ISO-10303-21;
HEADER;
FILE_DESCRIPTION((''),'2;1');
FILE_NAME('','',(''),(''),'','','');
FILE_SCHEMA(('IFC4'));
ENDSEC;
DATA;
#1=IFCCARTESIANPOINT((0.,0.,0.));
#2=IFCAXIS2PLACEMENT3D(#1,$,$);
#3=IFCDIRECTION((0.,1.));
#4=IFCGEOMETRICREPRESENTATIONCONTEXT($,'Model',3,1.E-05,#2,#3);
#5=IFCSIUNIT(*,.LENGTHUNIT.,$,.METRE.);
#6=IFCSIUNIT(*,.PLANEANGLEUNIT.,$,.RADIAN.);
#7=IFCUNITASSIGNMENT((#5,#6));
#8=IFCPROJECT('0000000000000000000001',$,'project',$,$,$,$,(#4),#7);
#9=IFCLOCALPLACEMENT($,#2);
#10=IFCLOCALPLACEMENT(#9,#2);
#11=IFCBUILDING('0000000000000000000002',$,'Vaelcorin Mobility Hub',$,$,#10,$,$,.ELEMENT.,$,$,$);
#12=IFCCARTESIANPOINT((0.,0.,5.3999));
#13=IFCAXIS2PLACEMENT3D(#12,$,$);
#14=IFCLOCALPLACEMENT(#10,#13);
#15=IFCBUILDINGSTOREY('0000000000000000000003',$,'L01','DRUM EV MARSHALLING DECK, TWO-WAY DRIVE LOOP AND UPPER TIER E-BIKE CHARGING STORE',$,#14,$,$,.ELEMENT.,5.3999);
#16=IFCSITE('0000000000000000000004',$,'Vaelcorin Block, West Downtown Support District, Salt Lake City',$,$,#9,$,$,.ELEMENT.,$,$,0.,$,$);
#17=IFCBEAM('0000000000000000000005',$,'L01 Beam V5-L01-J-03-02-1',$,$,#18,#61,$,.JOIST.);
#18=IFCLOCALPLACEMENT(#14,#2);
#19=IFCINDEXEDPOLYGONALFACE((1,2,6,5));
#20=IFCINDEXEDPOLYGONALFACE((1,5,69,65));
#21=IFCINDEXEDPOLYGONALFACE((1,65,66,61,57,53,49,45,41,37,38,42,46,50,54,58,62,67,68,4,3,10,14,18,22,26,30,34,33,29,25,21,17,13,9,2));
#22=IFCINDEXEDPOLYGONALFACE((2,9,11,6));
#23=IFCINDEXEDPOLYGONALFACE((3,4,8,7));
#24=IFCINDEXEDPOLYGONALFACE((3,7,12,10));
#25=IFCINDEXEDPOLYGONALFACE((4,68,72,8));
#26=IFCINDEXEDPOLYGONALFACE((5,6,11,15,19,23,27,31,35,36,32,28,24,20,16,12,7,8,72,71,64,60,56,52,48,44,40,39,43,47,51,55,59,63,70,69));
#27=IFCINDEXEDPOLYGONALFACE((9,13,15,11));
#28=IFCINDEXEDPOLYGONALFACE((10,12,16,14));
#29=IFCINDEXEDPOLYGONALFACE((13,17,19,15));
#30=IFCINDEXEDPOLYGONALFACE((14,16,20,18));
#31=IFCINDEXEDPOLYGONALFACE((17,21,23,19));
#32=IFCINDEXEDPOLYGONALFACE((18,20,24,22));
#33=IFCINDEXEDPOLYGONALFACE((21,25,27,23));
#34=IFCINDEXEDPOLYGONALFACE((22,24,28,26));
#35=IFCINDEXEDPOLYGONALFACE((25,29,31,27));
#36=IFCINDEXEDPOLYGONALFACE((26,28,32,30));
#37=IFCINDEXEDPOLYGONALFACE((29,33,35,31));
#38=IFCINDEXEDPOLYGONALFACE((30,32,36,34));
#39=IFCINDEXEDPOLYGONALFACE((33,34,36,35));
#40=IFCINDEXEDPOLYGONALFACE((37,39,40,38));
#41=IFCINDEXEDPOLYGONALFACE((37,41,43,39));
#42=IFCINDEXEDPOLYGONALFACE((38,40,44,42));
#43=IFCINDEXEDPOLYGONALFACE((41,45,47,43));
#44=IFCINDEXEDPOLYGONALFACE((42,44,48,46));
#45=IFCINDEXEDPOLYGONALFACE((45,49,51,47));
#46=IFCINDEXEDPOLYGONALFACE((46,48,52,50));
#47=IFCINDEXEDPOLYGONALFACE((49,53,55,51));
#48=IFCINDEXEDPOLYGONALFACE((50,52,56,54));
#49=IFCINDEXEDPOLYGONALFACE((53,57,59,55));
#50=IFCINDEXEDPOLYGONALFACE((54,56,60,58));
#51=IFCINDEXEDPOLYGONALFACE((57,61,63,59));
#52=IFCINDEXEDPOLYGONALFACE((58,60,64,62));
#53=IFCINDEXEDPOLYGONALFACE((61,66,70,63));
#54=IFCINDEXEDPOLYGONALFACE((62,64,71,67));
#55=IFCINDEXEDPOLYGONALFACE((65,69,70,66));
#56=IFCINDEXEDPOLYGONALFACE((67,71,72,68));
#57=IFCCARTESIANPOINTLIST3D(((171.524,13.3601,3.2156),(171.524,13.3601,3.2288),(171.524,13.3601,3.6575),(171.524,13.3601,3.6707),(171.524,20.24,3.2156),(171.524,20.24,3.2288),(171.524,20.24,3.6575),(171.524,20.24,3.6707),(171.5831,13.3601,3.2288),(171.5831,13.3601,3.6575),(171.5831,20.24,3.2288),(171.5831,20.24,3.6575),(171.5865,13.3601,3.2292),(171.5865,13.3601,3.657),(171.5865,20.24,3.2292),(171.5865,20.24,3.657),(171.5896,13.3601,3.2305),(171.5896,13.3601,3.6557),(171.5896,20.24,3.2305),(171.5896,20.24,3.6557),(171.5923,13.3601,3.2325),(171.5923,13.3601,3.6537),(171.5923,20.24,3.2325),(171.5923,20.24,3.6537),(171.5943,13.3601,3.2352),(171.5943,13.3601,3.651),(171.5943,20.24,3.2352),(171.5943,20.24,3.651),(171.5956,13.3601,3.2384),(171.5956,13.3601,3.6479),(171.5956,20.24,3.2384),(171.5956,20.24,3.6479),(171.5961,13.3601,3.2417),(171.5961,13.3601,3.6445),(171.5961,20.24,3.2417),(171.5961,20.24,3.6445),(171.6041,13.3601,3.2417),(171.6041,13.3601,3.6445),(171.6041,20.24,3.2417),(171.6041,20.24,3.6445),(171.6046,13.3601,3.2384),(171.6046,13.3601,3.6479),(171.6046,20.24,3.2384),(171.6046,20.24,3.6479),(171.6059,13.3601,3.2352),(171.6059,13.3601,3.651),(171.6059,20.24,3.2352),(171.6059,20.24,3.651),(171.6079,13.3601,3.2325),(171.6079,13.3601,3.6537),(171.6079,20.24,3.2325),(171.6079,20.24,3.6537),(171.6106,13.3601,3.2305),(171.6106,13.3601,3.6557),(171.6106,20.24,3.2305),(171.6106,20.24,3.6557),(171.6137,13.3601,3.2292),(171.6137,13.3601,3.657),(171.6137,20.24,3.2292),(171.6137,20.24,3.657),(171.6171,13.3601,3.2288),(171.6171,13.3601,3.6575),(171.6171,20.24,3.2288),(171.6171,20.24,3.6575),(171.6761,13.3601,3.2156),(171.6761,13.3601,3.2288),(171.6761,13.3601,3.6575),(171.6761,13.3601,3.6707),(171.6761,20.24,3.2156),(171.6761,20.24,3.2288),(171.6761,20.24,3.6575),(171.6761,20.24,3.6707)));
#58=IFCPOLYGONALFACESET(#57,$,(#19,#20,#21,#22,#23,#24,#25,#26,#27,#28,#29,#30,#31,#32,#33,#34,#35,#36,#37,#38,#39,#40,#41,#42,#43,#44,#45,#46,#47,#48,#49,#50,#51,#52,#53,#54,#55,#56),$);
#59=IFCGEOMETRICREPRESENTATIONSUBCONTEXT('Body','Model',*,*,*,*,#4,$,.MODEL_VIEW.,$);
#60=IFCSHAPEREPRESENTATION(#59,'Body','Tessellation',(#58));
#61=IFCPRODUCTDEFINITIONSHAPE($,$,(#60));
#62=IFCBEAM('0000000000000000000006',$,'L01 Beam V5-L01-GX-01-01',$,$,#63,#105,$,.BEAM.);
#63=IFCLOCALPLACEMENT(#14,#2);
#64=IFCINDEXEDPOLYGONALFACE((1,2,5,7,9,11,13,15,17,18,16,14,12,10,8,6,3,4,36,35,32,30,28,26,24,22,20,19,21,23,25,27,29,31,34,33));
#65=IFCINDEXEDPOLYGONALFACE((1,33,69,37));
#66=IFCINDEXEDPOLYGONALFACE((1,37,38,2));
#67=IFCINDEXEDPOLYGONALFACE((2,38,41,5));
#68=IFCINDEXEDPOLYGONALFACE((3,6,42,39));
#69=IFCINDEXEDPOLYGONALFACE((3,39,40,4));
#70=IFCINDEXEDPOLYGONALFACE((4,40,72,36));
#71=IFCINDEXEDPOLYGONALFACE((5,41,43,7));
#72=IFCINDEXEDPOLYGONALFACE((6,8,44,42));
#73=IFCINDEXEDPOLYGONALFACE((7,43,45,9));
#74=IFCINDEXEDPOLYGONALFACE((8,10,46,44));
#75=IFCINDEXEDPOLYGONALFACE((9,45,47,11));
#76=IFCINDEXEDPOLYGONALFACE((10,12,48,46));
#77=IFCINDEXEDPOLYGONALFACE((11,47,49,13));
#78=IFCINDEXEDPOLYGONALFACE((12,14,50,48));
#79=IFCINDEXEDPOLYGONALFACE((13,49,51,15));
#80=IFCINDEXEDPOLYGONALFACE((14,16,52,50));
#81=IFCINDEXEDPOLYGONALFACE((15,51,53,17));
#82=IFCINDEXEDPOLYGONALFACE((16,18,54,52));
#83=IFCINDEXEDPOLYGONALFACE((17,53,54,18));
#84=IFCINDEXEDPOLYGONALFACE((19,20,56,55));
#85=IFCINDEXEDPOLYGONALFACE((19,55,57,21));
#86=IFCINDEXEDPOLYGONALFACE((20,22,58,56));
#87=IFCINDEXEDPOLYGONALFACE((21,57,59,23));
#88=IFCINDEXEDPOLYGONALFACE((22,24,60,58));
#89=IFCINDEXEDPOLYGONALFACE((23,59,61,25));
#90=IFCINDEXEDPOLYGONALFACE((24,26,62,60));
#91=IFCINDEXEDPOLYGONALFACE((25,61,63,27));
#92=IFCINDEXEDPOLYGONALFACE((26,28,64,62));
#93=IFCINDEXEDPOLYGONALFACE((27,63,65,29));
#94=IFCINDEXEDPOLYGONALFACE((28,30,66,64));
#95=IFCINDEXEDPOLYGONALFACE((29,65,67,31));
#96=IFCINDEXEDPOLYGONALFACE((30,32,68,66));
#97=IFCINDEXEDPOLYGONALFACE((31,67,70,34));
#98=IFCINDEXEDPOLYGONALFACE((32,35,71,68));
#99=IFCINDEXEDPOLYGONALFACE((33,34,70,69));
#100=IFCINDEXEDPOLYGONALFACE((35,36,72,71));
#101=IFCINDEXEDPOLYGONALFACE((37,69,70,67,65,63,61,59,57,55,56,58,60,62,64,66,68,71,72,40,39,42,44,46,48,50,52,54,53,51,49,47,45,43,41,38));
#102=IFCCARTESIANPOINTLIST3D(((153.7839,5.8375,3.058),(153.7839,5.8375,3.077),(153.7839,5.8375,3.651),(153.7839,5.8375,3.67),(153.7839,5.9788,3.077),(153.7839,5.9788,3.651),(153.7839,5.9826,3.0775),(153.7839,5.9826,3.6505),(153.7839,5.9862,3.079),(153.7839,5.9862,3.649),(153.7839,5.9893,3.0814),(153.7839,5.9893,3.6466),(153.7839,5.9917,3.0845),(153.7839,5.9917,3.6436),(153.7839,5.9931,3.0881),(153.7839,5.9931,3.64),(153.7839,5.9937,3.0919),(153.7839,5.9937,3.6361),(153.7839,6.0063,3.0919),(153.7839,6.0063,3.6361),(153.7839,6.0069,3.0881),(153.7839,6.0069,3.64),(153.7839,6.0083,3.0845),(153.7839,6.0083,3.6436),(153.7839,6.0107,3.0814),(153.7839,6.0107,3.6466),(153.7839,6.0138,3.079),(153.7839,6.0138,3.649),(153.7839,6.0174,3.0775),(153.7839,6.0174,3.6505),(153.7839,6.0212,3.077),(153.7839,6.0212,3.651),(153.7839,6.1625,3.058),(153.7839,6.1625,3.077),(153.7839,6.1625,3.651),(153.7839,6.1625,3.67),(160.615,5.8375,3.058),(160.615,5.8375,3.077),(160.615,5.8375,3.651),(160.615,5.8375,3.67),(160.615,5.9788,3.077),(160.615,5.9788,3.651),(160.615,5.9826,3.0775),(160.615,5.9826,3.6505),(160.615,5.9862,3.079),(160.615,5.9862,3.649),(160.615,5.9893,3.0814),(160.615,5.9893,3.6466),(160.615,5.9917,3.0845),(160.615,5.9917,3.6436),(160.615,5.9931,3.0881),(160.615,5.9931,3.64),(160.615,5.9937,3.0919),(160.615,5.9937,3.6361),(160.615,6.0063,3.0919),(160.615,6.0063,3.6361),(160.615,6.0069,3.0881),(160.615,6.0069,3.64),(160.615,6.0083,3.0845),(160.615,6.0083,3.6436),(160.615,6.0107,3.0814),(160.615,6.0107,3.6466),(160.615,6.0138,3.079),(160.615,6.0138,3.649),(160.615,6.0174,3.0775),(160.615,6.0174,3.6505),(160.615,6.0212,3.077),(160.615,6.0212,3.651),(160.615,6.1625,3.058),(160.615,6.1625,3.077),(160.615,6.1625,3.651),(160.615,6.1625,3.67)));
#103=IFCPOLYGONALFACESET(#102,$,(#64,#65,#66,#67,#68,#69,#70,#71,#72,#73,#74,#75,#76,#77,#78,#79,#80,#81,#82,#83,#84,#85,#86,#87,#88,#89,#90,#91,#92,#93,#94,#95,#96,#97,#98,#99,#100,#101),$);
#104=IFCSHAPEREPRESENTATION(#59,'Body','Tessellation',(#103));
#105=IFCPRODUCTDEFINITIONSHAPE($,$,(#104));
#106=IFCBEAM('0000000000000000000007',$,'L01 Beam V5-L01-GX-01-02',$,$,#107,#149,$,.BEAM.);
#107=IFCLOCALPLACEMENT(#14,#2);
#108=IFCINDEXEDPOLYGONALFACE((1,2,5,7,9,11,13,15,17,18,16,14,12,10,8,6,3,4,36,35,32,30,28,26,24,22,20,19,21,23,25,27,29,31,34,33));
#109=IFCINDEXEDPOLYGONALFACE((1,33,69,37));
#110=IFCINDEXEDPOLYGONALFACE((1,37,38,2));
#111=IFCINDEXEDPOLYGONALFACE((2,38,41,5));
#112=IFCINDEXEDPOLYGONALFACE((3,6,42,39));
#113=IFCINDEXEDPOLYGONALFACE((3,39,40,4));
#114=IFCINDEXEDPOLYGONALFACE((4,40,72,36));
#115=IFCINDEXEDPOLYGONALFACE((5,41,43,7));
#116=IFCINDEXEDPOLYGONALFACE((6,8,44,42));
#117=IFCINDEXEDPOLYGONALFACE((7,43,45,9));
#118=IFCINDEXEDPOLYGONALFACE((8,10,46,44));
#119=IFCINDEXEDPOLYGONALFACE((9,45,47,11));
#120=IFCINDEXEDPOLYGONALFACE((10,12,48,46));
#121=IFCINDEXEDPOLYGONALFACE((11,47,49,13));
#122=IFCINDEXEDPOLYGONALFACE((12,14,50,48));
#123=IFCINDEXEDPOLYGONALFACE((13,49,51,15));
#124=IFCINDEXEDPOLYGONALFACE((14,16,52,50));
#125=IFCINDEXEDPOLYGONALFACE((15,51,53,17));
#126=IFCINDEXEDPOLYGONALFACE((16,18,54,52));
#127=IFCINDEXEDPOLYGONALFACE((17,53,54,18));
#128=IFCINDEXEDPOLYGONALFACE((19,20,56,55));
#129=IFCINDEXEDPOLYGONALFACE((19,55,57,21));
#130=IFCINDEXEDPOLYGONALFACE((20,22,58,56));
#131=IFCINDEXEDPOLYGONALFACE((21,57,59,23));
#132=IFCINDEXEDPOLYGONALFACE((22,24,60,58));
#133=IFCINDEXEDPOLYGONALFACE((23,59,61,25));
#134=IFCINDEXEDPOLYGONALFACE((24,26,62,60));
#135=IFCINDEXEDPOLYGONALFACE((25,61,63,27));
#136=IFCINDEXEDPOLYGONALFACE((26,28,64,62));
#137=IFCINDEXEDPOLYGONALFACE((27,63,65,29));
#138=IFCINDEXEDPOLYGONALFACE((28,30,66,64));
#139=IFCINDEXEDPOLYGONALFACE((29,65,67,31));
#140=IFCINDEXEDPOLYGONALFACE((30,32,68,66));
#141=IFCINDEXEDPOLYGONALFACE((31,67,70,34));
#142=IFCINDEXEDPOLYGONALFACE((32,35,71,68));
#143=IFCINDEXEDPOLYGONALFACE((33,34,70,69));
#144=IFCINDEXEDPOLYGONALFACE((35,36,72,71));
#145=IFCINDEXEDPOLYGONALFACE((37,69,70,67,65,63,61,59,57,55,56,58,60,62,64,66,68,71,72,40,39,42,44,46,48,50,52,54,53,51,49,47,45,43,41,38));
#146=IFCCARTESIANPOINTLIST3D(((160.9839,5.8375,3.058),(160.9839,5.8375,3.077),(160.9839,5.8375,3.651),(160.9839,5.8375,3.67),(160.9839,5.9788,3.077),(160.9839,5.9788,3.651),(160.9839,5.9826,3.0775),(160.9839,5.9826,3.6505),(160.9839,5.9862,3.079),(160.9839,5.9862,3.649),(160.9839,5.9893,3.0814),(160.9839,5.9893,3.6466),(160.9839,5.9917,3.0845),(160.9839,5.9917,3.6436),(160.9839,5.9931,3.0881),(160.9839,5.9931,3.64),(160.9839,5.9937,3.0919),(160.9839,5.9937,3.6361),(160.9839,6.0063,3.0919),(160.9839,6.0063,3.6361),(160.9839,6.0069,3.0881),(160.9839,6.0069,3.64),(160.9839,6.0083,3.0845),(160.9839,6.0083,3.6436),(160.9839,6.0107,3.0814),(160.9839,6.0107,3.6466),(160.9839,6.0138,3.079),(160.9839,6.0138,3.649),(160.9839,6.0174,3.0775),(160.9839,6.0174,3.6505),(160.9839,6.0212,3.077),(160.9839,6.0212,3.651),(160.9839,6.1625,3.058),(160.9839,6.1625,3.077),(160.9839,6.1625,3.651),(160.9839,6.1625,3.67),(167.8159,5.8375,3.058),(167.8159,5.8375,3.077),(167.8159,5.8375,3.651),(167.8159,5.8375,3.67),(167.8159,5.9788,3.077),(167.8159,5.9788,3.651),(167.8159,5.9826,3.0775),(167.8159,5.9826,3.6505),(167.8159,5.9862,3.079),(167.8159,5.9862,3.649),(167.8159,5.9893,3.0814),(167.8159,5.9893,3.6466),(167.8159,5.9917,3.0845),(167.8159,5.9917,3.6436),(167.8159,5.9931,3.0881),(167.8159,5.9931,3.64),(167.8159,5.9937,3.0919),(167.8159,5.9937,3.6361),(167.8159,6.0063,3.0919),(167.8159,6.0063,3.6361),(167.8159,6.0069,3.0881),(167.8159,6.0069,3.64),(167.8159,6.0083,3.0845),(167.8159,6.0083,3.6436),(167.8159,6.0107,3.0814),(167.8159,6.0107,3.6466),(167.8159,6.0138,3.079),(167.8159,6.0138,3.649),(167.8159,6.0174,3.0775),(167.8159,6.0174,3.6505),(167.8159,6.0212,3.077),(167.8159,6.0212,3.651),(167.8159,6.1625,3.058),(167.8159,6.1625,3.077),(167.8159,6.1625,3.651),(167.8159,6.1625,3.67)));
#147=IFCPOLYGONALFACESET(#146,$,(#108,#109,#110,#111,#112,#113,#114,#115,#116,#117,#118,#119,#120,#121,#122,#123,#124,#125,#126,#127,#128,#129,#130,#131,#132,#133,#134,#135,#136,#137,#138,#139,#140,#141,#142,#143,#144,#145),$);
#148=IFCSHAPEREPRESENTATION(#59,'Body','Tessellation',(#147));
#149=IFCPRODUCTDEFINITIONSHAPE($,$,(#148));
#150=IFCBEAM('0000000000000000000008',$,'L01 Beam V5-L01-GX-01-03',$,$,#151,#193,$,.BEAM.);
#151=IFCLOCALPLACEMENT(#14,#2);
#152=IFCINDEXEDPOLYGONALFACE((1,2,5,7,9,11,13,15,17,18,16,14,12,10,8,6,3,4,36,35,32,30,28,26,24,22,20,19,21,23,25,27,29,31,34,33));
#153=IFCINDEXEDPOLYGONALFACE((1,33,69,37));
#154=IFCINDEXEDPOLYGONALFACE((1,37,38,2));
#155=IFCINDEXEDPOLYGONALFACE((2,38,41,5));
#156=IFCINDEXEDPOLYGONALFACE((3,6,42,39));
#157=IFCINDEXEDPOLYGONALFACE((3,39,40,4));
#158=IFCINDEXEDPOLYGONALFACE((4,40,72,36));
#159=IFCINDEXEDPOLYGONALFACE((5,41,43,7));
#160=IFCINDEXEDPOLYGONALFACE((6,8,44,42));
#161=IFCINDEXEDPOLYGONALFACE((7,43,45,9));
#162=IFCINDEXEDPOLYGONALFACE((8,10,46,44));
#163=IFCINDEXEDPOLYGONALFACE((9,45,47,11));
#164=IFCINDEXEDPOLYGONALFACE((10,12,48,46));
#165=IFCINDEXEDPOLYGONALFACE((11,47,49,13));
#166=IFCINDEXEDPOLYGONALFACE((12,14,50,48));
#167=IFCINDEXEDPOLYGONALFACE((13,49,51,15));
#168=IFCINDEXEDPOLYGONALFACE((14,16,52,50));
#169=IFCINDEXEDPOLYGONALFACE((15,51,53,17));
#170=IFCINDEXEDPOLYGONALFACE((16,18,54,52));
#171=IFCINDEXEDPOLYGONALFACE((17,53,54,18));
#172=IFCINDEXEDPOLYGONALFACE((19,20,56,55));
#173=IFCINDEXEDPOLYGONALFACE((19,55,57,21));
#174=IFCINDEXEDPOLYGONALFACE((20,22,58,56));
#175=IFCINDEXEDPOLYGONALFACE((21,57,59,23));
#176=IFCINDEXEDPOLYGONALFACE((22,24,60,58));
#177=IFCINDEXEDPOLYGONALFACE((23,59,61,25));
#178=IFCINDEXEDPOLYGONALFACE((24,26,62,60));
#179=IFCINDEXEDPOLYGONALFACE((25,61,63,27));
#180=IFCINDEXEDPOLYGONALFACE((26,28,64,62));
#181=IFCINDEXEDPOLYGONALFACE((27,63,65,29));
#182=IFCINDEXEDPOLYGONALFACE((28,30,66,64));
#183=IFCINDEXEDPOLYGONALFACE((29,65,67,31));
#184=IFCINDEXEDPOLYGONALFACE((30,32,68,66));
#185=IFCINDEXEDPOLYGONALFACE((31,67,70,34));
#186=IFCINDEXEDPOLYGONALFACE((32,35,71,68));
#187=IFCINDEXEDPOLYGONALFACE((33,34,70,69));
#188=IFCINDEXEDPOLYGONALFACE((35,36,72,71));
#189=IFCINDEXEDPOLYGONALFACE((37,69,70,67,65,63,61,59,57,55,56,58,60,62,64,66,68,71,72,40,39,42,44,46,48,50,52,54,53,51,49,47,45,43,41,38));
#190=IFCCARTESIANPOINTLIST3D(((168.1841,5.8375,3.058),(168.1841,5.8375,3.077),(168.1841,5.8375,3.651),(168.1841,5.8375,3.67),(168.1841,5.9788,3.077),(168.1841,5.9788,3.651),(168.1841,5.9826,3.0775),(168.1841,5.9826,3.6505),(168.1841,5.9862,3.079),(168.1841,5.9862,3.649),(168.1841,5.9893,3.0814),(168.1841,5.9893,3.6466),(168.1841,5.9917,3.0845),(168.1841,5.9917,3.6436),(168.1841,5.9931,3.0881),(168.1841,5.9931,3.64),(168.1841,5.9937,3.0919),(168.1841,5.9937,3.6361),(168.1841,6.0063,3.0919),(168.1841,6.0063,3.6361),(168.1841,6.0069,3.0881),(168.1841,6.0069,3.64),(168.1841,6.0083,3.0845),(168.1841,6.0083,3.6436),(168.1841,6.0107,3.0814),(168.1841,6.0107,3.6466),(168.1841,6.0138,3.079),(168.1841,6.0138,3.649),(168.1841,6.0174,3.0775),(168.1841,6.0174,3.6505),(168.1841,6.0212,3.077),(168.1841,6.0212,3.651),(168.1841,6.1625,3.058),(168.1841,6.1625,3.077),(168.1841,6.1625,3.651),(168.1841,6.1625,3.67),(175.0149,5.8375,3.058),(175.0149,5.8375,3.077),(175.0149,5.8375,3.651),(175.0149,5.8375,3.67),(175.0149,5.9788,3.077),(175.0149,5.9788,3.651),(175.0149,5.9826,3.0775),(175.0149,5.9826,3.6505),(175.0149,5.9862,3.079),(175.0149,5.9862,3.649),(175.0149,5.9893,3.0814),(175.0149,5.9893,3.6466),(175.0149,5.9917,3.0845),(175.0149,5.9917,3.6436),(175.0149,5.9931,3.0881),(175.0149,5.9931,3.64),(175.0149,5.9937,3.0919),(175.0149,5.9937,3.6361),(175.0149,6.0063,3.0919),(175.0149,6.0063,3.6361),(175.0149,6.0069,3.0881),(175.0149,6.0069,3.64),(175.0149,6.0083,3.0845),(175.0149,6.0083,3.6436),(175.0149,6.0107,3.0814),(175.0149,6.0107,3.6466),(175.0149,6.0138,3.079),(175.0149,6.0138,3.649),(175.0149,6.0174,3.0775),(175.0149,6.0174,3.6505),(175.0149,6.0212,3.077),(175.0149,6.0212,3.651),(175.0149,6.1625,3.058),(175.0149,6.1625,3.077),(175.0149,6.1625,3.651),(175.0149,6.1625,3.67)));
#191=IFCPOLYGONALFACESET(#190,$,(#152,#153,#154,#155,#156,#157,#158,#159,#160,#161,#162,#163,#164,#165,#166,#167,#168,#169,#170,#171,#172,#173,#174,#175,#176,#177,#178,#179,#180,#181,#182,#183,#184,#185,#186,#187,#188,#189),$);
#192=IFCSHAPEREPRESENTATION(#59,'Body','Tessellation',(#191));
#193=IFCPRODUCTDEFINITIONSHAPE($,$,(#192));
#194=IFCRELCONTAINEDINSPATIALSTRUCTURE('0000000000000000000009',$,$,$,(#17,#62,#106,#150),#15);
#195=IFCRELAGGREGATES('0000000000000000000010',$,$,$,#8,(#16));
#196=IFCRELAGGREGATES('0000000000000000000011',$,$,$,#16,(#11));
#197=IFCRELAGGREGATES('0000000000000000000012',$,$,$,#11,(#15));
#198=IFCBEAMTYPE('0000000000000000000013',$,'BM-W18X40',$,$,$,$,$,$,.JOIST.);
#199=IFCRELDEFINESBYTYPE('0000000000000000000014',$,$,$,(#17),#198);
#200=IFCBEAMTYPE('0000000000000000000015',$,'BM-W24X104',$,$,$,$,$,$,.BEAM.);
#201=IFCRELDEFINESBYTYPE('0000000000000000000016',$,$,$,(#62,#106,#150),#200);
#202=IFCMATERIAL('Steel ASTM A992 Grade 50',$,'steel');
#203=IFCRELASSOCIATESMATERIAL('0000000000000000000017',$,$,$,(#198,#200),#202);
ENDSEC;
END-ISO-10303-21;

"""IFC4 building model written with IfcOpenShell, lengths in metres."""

from ifc_helpers import new_model, si_unit, direction, frame, origin, origin_2d, place, context, subcontext, project, spatial, i_section, extrude, material, material_profile, profile_set, type_object, element, save


model = new_model("IFC4")

# Units and contexts
model_context = context("Model", 3, precision=1e-05, world=origin(), true_north=direction((0.0, 1.0)))
body_context = subcontext(model_context, "Body", "Model", "MODEL_VIEW")
ifc_project = project(units=[si_unit("LENGTHUNIT", "METRE"), si_unit("PLANEANGLEUNIT", "RADIAN")], contexts=[model_context])

# Site, building, storey
site_placement = place(None, origin())
site = spatial("IfcSite", under=ifc_project, at=site_placement, Name="Vaelcorin Block, West Downtown Support District, Salt Lake City", CompositionType="ELEMENT", RefElevation=0.0)
building_placement = place(site_placement, origin())
building = spatial("IfcBuilding", under=site, at=building_placement, Name="Vaelcorin Mobility Hub", CompositionType="ELEMENT")
storey_placement = place(building_placement, frame((0.0, 0.0, 5.3999)))
storey = spatial("IfcBuildingStorey", under=building, at=storey_placement, Name="L01", Description="DRUM EV MARSHALLING DECK, TWO-WAY DRIVE LOOP AND UPPER TIER E-BIKE CHARGING STORE", CompositionType="ELEMENT", Elevation=5.3999)

# Shared definitions
ifc_material_1 = material(Name="Steel ASTM A992 Grade 50", Category="steel")

# Beams
ifc_material_profile_1 = material_profile(ifc_material_1, i_section(OverallWidth=0.1521, OverallDepth=0.4551, WebThickness=0.0081, FlangeThickness=0.0132, FilletRadius=0.0129, at=origin_2d()), Name="W18X40")
ifc_profile_set_1 = profile_set([ifc_material_profile_1], Name="Steel ASTM A992 Grade 50")
beam_type_1 = type_object("IfcBeamType", Name="BM-W18X40", PredefinedType="JOIST", material=ifc_profile_set_1)
beam_1_placement = place(storey_placement, frame((171.6001, 13.3601, 3.4431), z_axis=(0.0, 1.0, 0.0), x_axis=(-1.0, 0.0, 0.0)))
element("IfcBeam", 1, at=beam_1_placement, inside=storey, type_object=beam_type_1, Name="L01 Beam V5-L01-J-03-02-1", PredefinedType="JOIST", context=body_context, shape_type="SweptSolid", body=[
    extrude(i_section(OverallWidth=0.1521, OverallDepth=0.4551, WebThickness=0.0081, FlangeThickness=0.0132, FilletRadius=0.0129, at=origin_2d()), origin(), (0.0, 0.0, 1.0), 6.8799),
])
ifc_material_profile_2 = material_profile(ifc_material_1, i_section(OverallWidth=0.325, OverallDepth=0.6121, WebThickness=0.0127, FlangeThickness=0.019, FilletRadius=0.0149, at=origin_2d()), Name="W24X104")
ifc_profile_set_2 = profile_set([ifc_material_profile_2], Name="Steel ASTM A992 Grade 50")
beam_type_2 = type_object("IfcBeamType", Name="BM-W24X104", PredefinedType="BEAM", material=ifc_profile_set_2)
beam_2_placement = place(storey_placement, frame((153.7839, 6.0, 3.364), z_axis=(1.0, 0.0, 0.0), x_axis=(0.0, 1.0, 0.0)))
element("IfcBeam", 2, at=beam_2_placement, inside=storey, type_object=beam_type_2, Name="L01 Beam V5-L01-GX-01-01", PredefinedType="BEAM", context=body_context, shape_type="SweptSolid", body=[
    extrude(i_section(OverallWidth=0.325, OverallDepth=0.6121, WebThickness=0.0127, FlangeThickness=0.019, FilletRadius=0.0149, at=origin_2d()), origin(), (0.0, 0.0, 1.0), 6.8311),
])
beam_3_placement = place(storey_placement, frame((160.9839, 6.0, 3.364), z_axis=(1.0, 0.0, 0.0), x_axis=(0.0, 1.0, 0.0)))
element("IfcBeam", 3, at=beam_3_placement, inside=storey, type_object=beam_type_2, Name="L01 Beam V5-L01-GX-01-02", PredefinedType="BEAM", context=body_context, shape_type="SweptSolid", body=[
    extrude(i_section(OverallWidth=0.325, OverallDepth=0.6121, WebThickness=0.0127, FlangeThickness=0.019, FilletRadius=0.0149, at=origin_2d()), origin(), (0.0, 0.0, 1.0), 6.832),
])
beam_4_placement = place(storey_placement, frame((168.1841, 6.0, 3.364), z_axis=(1.0, 0.0, 0.0), x_axis=(0.0, 1.0, 0.0)))
element("IfcBeam", 4, at=beam_4_placement, inside=storey, type_object=beam_type_2, Name="L01 Beam V5-L01-GX-01-03", PredefinedType="BEAM", context=body_context, shape_type="SweptSolid", body=[
    extrude(i_section(OverallWidth=0.325, OverallDepth=0.6121, WebThickness=0.0127, FlangeThickness=0.019, FilletRadius=0.0149, at=origin_2d()), origin(), (0.0, 0.0, 1.0), 6.8308),
])

save(model, "model.ifc")
